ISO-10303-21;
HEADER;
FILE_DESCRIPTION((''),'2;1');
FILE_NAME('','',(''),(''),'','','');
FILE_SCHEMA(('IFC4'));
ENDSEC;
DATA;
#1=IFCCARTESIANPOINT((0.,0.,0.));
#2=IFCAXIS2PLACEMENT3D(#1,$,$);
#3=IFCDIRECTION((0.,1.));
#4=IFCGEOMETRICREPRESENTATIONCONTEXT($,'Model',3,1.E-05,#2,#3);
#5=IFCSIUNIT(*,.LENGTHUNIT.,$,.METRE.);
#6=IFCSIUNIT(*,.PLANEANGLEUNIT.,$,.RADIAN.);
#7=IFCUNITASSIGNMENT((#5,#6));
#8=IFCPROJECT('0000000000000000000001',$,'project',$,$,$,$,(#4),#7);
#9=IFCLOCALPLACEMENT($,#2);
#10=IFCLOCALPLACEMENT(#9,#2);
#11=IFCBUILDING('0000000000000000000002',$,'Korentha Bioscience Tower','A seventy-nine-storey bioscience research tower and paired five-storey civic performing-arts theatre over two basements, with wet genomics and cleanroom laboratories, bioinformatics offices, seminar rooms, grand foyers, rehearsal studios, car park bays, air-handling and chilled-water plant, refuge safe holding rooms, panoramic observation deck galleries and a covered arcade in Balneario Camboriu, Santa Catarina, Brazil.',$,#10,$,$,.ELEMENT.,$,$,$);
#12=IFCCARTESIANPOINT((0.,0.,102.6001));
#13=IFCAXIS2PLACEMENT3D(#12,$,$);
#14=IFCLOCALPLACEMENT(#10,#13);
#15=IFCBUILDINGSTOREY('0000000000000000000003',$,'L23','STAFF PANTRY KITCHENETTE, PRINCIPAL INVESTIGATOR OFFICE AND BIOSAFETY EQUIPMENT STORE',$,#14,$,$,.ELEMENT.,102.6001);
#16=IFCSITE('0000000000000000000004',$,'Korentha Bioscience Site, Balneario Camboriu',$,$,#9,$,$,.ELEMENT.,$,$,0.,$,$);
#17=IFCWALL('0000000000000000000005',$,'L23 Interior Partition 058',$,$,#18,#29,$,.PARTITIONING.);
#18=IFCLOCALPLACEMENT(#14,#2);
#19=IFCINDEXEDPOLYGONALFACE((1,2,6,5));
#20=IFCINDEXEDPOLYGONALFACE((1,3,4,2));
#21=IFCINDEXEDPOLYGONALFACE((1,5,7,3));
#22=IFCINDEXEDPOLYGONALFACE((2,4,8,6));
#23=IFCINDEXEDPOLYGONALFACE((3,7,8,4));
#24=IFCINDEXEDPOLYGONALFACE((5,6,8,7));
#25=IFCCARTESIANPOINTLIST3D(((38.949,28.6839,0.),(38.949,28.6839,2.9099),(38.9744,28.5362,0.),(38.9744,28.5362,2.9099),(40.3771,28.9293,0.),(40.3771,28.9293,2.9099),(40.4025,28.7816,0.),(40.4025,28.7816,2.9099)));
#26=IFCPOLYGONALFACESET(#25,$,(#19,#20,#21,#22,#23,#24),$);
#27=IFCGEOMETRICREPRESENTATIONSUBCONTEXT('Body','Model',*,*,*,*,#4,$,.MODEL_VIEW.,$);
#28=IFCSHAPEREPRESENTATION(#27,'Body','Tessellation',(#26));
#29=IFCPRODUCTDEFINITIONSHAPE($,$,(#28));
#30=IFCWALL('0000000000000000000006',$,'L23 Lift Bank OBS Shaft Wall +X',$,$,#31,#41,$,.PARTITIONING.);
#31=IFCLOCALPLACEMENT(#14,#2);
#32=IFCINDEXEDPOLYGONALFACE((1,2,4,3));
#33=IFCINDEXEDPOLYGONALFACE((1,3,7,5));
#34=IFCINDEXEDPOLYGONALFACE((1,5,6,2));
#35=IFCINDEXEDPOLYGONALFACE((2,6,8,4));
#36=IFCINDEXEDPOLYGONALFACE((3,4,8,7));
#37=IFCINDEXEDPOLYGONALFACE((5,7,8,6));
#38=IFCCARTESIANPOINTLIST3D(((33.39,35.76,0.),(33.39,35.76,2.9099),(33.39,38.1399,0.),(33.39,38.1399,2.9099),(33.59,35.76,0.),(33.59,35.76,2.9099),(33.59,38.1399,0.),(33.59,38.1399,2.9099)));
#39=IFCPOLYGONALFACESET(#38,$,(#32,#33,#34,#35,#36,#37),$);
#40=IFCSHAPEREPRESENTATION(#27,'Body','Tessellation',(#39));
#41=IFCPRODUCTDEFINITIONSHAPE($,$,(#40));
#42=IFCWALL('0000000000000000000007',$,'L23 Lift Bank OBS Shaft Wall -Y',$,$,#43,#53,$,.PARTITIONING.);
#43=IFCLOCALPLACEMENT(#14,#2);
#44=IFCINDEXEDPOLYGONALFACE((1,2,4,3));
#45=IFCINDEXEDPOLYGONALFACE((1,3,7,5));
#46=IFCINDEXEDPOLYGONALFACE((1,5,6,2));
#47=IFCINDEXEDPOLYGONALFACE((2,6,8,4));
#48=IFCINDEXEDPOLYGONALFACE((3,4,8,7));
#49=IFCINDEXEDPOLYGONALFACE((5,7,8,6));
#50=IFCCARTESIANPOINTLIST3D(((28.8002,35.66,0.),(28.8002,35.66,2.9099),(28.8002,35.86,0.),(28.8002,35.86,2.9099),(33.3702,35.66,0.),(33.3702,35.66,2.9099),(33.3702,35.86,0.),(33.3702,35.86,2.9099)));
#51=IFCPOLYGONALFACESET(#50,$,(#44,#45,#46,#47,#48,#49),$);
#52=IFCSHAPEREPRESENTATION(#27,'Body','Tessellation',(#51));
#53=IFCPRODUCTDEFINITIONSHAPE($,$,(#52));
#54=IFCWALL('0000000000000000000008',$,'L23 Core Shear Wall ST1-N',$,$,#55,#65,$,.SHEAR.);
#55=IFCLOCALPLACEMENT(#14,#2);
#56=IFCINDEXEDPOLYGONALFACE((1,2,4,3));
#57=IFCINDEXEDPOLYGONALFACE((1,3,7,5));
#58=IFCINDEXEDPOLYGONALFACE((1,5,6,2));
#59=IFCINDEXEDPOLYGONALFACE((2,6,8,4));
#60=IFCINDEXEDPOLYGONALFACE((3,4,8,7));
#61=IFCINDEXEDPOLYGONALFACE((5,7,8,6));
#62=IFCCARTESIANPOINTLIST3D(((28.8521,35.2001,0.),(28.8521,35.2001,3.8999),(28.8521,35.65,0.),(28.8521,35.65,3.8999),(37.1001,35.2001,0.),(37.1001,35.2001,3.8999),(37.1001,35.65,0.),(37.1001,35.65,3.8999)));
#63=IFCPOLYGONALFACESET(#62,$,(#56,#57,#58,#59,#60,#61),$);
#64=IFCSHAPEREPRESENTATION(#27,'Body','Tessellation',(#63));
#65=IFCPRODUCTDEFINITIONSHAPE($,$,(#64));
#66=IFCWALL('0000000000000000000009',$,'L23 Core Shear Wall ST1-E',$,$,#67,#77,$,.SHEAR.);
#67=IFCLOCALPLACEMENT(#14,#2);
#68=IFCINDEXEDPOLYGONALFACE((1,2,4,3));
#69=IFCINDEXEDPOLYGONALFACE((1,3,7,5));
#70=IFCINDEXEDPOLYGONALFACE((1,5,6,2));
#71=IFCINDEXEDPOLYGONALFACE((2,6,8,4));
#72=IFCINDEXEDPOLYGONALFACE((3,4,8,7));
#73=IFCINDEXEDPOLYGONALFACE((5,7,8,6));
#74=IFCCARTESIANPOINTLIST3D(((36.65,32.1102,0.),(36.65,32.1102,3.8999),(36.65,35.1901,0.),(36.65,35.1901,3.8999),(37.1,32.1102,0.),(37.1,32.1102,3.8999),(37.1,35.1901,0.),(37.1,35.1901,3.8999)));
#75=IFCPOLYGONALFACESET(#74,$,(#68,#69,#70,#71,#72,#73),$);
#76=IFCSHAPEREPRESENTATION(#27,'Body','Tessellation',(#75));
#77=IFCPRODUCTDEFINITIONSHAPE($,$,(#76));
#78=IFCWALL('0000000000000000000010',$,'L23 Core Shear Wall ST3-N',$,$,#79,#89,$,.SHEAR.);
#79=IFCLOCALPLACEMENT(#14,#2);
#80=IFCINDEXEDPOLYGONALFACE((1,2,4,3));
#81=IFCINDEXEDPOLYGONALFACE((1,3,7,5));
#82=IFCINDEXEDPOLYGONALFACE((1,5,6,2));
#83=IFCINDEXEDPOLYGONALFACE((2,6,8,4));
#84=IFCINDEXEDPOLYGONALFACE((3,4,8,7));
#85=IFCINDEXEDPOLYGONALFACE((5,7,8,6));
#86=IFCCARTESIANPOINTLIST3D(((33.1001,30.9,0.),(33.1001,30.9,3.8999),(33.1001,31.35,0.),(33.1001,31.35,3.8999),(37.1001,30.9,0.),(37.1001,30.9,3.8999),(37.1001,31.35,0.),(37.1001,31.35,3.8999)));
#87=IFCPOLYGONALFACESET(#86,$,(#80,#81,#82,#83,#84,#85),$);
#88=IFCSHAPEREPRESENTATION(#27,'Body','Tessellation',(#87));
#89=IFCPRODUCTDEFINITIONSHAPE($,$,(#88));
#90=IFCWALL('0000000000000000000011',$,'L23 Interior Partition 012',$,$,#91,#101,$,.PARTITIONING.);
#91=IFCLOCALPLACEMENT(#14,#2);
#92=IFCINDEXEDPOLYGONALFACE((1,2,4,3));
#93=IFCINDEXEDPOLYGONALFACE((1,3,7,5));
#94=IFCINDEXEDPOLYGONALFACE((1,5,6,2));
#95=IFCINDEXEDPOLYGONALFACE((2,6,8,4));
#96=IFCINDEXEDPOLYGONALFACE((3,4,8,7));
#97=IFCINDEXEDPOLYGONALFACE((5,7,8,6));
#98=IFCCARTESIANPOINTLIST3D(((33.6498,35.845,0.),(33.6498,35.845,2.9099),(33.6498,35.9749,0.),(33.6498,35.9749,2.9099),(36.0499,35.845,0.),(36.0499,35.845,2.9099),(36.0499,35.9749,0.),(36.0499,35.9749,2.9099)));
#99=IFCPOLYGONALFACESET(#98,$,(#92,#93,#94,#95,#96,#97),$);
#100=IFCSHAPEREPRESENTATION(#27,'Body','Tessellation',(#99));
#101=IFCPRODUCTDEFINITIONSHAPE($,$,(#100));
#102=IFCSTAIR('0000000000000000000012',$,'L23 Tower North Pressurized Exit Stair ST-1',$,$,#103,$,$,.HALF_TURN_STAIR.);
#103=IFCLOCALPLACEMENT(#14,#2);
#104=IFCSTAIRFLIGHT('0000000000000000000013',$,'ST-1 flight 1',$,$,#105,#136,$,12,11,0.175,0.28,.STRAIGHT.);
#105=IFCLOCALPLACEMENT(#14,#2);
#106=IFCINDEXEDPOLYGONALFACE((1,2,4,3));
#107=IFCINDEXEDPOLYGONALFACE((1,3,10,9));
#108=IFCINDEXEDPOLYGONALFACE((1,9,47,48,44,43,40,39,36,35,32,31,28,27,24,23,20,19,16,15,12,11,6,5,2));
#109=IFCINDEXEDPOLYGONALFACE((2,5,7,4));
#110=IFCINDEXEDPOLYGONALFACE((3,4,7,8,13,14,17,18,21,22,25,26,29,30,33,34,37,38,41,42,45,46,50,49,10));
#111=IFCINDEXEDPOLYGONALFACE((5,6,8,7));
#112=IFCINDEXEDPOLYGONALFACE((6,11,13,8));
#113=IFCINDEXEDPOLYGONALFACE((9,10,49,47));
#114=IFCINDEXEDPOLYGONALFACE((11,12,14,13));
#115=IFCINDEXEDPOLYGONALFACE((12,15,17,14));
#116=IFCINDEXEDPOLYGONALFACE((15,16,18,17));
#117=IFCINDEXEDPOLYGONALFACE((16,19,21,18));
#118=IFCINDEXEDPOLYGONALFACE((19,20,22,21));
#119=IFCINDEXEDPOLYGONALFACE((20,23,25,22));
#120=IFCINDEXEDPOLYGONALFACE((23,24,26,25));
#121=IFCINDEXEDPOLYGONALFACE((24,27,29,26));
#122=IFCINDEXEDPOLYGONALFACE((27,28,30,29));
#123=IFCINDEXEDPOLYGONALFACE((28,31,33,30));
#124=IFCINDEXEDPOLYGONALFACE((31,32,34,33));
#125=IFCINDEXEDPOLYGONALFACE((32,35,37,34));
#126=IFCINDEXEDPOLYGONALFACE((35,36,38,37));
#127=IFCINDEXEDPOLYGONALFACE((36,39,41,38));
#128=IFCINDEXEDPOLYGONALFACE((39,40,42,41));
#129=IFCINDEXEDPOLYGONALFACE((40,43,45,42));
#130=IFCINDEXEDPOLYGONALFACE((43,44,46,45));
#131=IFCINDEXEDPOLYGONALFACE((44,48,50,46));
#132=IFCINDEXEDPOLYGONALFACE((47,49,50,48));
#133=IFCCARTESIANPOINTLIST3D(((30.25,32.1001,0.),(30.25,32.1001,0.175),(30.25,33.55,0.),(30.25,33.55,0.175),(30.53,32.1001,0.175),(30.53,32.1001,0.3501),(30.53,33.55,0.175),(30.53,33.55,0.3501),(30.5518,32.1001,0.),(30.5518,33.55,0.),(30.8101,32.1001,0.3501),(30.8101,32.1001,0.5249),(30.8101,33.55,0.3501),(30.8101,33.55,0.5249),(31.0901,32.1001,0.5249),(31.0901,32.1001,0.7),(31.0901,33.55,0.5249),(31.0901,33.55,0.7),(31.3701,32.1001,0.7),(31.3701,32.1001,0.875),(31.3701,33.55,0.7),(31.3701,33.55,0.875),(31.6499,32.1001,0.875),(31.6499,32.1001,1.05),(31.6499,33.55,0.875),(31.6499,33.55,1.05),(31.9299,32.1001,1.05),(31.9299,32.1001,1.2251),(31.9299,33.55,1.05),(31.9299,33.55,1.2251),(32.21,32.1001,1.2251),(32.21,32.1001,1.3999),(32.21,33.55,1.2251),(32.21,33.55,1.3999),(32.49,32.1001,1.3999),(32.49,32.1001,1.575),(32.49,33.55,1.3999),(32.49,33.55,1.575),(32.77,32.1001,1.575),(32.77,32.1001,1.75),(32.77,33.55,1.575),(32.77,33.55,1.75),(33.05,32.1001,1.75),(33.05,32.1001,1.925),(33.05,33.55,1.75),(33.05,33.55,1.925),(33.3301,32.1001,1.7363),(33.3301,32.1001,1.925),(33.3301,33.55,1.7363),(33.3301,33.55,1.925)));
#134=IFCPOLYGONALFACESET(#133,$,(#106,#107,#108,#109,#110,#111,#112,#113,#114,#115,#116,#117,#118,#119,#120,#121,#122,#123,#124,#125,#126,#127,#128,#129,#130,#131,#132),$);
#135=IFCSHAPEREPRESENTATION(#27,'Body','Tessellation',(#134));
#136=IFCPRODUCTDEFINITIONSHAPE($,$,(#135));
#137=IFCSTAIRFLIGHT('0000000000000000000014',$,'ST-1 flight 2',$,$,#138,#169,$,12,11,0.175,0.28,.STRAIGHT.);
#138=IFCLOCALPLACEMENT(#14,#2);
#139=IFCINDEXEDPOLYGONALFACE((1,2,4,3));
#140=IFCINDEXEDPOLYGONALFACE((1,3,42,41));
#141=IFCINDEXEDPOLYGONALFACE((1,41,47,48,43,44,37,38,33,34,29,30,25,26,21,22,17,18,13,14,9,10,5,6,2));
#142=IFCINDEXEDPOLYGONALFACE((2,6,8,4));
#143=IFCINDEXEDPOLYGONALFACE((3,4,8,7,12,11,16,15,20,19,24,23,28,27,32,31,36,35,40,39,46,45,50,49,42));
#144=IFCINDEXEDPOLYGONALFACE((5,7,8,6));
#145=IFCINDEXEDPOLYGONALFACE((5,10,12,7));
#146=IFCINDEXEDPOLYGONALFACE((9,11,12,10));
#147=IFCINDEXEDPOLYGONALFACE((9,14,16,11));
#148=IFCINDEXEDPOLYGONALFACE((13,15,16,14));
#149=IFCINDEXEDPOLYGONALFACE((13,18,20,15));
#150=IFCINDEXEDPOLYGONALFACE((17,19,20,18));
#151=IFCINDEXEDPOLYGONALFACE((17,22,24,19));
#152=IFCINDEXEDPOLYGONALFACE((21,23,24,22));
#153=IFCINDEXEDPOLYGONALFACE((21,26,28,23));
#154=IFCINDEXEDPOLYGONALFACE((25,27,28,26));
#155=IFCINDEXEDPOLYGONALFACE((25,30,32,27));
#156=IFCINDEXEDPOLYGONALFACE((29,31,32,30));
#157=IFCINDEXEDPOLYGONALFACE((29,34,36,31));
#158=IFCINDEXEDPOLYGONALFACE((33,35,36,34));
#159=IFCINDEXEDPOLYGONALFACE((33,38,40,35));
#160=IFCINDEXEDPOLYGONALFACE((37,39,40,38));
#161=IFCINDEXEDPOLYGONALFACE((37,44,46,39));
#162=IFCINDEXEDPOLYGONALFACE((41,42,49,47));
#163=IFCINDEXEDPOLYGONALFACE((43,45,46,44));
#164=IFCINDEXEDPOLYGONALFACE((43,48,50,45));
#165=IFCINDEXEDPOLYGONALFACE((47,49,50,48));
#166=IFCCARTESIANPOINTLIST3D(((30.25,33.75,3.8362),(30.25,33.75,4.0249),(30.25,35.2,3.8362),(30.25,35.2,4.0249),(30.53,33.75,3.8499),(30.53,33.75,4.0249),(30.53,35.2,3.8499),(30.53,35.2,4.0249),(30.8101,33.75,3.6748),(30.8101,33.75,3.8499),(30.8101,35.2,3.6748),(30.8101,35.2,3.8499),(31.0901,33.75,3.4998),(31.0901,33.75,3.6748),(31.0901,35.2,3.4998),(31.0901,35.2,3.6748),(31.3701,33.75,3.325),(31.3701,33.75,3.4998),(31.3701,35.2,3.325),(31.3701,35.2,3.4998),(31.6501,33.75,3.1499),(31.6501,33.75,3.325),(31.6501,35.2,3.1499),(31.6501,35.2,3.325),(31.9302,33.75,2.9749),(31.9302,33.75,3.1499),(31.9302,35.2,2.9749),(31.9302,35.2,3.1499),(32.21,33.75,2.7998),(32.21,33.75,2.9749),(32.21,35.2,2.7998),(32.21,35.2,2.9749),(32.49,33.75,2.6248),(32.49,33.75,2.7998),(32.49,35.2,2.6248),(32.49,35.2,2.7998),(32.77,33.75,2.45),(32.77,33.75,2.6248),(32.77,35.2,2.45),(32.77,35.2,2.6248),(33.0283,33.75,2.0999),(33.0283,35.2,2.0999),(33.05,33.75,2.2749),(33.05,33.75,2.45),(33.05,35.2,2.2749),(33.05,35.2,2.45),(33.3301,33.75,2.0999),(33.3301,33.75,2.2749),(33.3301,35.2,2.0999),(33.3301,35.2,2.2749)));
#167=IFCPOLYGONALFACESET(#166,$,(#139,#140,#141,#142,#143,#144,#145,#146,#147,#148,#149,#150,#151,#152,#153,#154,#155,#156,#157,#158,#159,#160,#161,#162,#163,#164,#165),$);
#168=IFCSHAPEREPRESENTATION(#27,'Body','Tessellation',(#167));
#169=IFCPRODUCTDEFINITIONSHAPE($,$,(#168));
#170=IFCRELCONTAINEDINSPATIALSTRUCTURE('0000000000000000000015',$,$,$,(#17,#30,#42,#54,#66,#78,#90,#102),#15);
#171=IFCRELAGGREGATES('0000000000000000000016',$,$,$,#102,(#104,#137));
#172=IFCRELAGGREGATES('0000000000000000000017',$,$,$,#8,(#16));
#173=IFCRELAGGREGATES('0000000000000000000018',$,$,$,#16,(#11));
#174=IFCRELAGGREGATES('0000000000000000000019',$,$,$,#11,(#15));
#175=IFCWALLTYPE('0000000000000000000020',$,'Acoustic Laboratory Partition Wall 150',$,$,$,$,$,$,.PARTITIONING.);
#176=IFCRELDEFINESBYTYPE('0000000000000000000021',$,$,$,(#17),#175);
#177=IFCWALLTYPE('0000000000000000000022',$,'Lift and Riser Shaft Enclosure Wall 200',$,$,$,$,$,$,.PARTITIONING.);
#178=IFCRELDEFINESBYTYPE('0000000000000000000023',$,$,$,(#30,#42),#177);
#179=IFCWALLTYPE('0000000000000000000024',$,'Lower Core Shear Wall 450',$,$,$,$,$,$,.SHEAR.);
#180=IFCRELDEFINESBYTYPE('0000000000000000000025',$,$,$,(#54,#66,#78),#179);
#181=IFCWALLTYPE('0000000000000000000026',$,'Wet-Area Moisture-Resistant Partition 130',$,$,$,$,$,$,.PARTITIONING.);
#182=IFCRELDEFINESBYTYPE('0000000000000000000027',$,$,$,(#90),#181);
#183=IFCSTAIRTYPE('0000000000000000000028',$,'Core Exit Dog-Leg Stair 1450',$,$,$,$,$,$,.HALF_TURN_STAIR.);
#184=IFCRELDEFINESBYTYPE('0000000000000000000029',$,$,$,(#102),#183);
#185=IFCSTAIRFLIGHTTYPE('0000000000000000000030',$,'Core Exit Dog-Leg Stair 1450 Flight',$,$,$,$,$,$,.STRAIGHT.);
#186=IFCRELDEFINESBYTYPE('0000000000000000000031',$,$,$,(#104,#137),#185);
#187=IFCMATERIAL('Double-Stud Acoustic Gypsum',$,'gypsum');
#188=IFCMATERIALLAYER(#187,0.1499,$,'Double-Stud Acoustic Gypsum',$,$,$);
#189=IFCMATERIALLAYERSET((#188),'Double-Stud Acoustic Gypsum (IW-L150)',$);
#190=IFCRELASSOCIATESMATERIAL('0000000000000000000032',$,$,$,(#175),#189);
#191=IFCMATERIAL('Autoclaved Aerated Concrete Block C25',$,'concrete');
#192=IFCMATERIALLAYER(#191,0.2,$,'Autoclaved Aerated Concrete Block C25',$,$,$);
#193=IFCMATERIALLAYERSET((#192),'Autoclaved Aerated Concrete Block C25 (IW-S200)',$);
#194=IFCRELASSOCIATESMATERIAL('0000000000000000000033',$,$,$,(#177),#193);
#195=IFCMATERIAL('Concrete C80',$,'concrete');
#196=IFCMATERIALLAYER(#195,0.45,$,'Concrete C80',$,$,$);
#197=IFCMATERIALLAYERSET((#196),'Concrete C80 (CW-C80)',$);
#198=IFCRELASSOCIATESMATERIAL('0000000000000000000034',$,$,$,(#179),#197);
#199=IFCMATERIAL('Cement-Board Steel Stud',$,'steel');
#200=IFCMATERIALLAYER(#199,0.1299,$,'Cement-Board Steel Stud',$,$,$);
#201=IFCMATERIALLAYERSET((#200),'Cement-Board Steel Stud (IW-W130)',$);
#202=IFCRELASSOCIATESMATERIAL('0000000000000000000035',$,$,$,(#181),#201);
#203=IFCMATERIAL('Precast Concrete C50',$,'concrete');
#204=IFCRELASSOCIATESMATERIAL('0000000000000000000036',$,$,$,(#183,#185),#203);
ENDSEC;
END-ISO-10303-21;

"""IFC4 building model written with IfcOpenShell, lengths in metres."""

from ifc_helpers import new_model, si_unit, direction, frame, frame_2d, origin, place, context, subcontext, project, spatial, polyline, rectangle, outline, extrude, material, layer, layer_set, type_object, element, aggregate, save


model = new_model("IFC4")

# Units and contexts
model_context = context("Model", 3, precision=1e-05, world=origin(), true_north=direction((0.0, 1.0)))
body_context = subcontext(model_context, "Body", "Model", "MODEL_VIEW")
ifc_project = project(units=[si_unit("LENGTHUNIT", "METRE"), si_unit("PLANEANGLEUNIT", "RADIAN")], contexts=[model_context])

# Site, building, storey
site_placement = place(None, origin())
site = spatial("IfcSite", under=ifc_project, at=site_placement, Name="Korentha Bioscience Site, Balneario Camboriu", CompositionType="ELEMENT", RefElevation=0.0)
building_placement = place(site_placement, origin())
building = spatial("IfcBuilding", under=site, at=building_placement, Name="Korentha Bioscience Tower", Description="A seventy-nine-storey bioscience research tower and paired five-storey civic performing-arts theatre over two basements, with wet genomics and cleanroom laboratories, bioinformatics offices, seminar rooms, grand foyers, rehearsal studios, car park bays, air-handling and chilled-water plant, refuge safe holding rooms, panoramic observation deck galleries and a covered arcade in Balneario Camboriu, Santa Catarina, Brazil.", CompositionType="ELEMENT")
storey_placement = place(building_placement, frame((0.0, 0.0, 102.6001)))
storey = spatial("IfcBuildingStorey", under=building, at=storey_placement, Name="L23", Description="STAFF PANTRY KITCHENETTE, PRINCIPAL INVESTIGATOR OFFICE AND BIOSAFETY EQUIPMENT STORE", CompositionType="ELEMENT", Elevation=102.6001)

# Walls
ifc_material_1 = material(Name="Double-Stud Acoustic Gypsum", Category="gypsum")
ifc_layer_1 = layer(ifc_material_1, 0.1499, Name="Double-Stud Acoustic Gypsum")
ifc_layer_set_1 = layer_set([ifc_layer_1], Name="Double-Stud Acoustic Gypsum (IW-L150)")
wall_type_1 = type_object("IfcWallType", Name="Acoustic Laboratory Partition Wall 150", PredefinedType="PARTITIONING", material=ifc_layer_set_1)
wall_1_placement = place(storey_placement, frame((40.3899, 28.8555, 0.0), z_axis=(0.0, 0.0, 1.0), x_axis=(-0.985557, -0.169343, 0.0)))
element("IfcWall", 1, at=wall_1_placement, inside=storey, type_object=wall_type_1, Name="L23 Interior Partition 058", PredefinedType="PARTITIONING", context=body_context, shape_type="SweptSolid", body=[
    extrude(rectangle(XDim=1.449, YDim=0.1499, at=frame_2d((0.7246, 0.0))), origin(), (0.0, 0.0, 1.0), 2.9099),
])
ifc_material_2 = material(Name="Autoclaved Aerated Concrete Block C25", Category="concrete")
ifc_layer_2 = layer(ifc_material_2, 0.2, Name="Autoclaved Aerated Concrete Block C25")
ifc_layer_set_2 = layer_set([ifc_layer_2], Name="Autoclaved Aerated Concrete Block C25 (IW-S200)")
wall_type_2 = type_object("IfcWallType", Name="Lift and Riser Shaft Enclosure Wall 200", PredefinedType="PARTITIONING", material=ifc_layer_set_2)
wall_2_placement = place(storey_placement, frame((33.49, 35.76, 0.0), z_axis=(0.0, 0.0, 1.0), x_axis=(0.0, 1.0, 0.0)))
element("IfcWall", 2, at=wall_2_placement, inside=storey, type_object=wall_type_2, Name="L23 Lift Bank OBS Shaft Wall +X", PredefinedType="PARTITIONING", context=body_context, shape_type="SweptSolid", body=[
    extrude(rectangle(XDim=2.3799, YDim=0.2, at=frame_2d((1.1899, 0.0))), origin(), (0.0, 0.0, 1.0), 2.9099),
])
wall_3_placement = place(storey_placement, frame((28.8, 35.76, 0.0), z_axis=(0.0, 0.0, 1.0), x_axis=(1.0, 0.0, 0.0)))
element("IfcWall", 3, at=wall_3_placement, inside=storey, type_object=wall_type_2, Name="L23 Lift Bank OBS Shaft Wall -Y", PredefinedType="PARTITIONING", context=body_context, shape_type="SweptSolid", body=[
    extrude(rectangle(XDim=4.5701, YDim=0.2, at=frame_2d((2.2852, 0.0))), origin(), (0.0, 0.0, 1.0), 2.9099),
])
ifc_material_3 = material(Name="Concrete C80", Category="concrete")
ifc_layer_3 = layer(ifc_material_3, 0.45, Name="Concrete C80")
ifc_layer_set_3 = layer_set([ifc_layer_3], Name="Concrete C80 (CW-C80)")
wall_type_3 = type_object("IfcWallType", Name="Lower Core Shear Wall 450", PredefinedType="SHEAR", material=ifc_layer_set_3)
wall_4_placement = place(storey_placement, frame((28.8521, 35.425, 0.0), z_axis=(0.0, 0.0, 1.0), x_axis=(1.0, 0.0, 0.0)))
element("IfcWall", 4, at=wall_4_placement, inside=storey, type_object=wall_type_3, Name="L23 Core Shear Wall ST1-N", PredefinedType="SHEAR", context=body_context, shape_type="SweptSolid", body=[
    extrude(rectangle(XDim=8.248, YDim=0.45, at=frame_2d((4.124, 0.0))), origin(), (0.0, 0.0, 1.0), 3.8999),
])
wall_5_placement = place(storey_placement, frame((36.875, 32.1101, 0.0), z_axis=(0.0, 0.0, 1.0), x_axis=(0.0, 1.0, 0.0)))
element("IfcWall", 5, at=wall_5_placement, inside=storey, type_object=wall_type_3, Name="L23 Core Shear Wall ST1-E", PredefinedType="SHEAR", context=body_context, shape_type="SweptSolid", body=[
    extrude(rectangle(XDim=3.0798, YDim=0.45, at=frame_2d((1.54, 0.0))), origin(), (0.0, 0.0, 1.0), 3.8999),
])
wall_6_placement = place(storey_placement, frame((33.1001, 31.125, 0.0), z_axis=(0.0, 0.0, 1.0), x_axis=(1.0, 0.0, 0.0)))
element("IfcWall", 6, at=wall_6_placement, inside=storey, type_object=wall_type_3, Name="L23 Core Shear Wall ST3-N", PredefinedType="SHEAR", context=body_context, shape_type="SweptSolid", body=[
    extrude(rectangle(XDim=4.0, YDim=0.45, at=frame_2d((2.0, 0.0))), origin(), (0.0, 0.0, 1.0), 3.8999),
])

# Shared definitions
ifc_material_4 = material(Name="Cement-Board Steel Stud", Category="steel")
ifc_layer_4 = layer(ifc_material_4, 0.1299, Name="Cement-Board Steel Stud")
ifc_layer_set_4 = layer_set([ifc_layer_4], Name="Cement-Board Steel Stud (IW-W130)")
wall_type_4 = type_object("IfcWallType", Name="Wet-Area Moisture-Resistant Partition 130", PredefinedType="PARTITIONING", material=ifc_layer_set_4)

# Wall
wall_7_placement = place(storey_placement, frame((36.05, 35.9099, 0.0), z_axis=(0.0, 0.0, 1.0), x_axis=(-1.0, 0.0, 0.0)))
element("IfcWall", 7, at=wall_7_placement, inside=storey, type_object=wall_type_4, Name="L23 Interior Partition 012", PredefinedType="PARTITIONING", context=body_context, shape_type="SweptSolid", body=[
    extrude(rectangle(XDim=2.4001, YDim=0.1299, at=frame_2d((1.2002, 0.0))), origin(), (0.0, 0.0, 1.0), 2.9099),
])

# Stair, stair flights
ifc_material_5 = material(Name="Precast Concrete C50", Category="concrete")
stair_type = type_object("IfcStairType", Name="Core Exit Dog-Leg Stair 1450", PredefinedType="HALF_TURN_STAIR", material=ifc_material_5)
stair_placement = place(storey_placement, origin())
stair = element("IfcStair", 8, at=stair_placement, inside=storey, type_object=stair_type, Name="L23 Tower North Pressurized Exit Stair ST-1", PredefinedType="HALF_TURN_STAIR")
stair_flight_type = type_object("IfcStairFlightType", Name="Core Exit Dog-Leg Stair 1450 Flight", PredefinedType="STRAIGHT", material=ifc_material_5)
stair_flight_1_placement = place(storey_placement, frame((30.25, 32.825, 0.0), z_axis=(0.0, 0.0, 1.0), x_axis=(1.0, 0.0, 0.0)))
stair_flight_1 = element("IfcStairFlight", 9, at=stair_flight_1_placement, type_object=stair_flight_type, Name="ST-1 flight 1", NumberOfRisers=12, NumberOfTreads=11, PredefinedType="STRAIGHT", RiserHeight=0.175, TreadLength=0.28, context=body_context, shape_type="SweptSolid", body=[
    extrude(outline(polyline([(0.0, 0.0), (0.0, 0.175), (0.28, 0.175), (0.28, 0.3501), (0.5601, 0.3501), (0.5601, 0.5249), (0.8401, 0.5249), (0.8401, 0.7), (1.1201, 0.7), (1.1201, 0.875), (1.3999, 0.875), (1.3999, 1.05), (1.6799, 1.05), (1.6799, 1.2251), (1.96, 1.2251), (1.96, 1.3999), (2.24, 1.3999), (2.24, 1.575), (2.52, 1.575), (2.52, 1.75), (2.8, 1.75), (2.8, 1.925), (3.0801, 1.925), (3.0801, 2.1001), (3.0801, 1.7363), (0.3018, 0.0), (0.0, 0.0)])), frame((0.0, 0.7251, 0.0), z_axis=(0.0, -1.0, 0.0), x_axis=(1.0, 0.0, 0.0)), (0.0, 0.0, 1.0), 1.45),
])
stair_flight_2_placement = place(storey_placement, frame((33.3301, 34.4751, 2.0999), z_axis=(0.0, 0.0, 1.0), x_axis=(-1.0, 0.0, 0.0)))
stair_flight_2 = element("IfcStairFlight", 10, at=stair_flight_2_placement, type_object=stair_flight_type, Name="ST-1 flight 2", NumberOfRisers=12, NumberOfTreads=11, PredefinedType="STRAIGHT", RiserHeight=0.175, TreadLength=0.28, context=body_context, shape_type="SweptSolid", body=[
    extrude(outline(polyline([(0.0, 0.0), (0.0, 0.175), (0.28, 0.175), (0.28, 0.3501), (0.5601, 0.3501), (0.5601, 0.5249), (0.8401, 0.5249), (0.8401, 0.7), (1.1201, 0.7), (1.1201, 0.875), (1.3999, 0.875), (1.3999, 1.05), (1.6799, 1.05), (1.6799, 1.2251), (1.96, 1.2251), (1.96, 1.3999), (2.24, 1.3999), (2.24, 1.575), (2.52, 1.575), (2.52, 1.75), (2.8, 1.75), (2.8, 1.925), (3.0801, 1.925), (3.0801, 2.1001), (3.0801, 1.7363), (0.3018, 0.0), (0.0, 0.0)])), frame((0.0, 0.7251, 0.0), z_axis=(0.0, -1.0, 0.0), x_axis=(1.0, 0.0, 0.0)), (0.0, 0.0, 1.0), 1.45),
])
aggregate(stair, [stair_flight_1, stair_flight_2])

save(model, "model.ifc")
